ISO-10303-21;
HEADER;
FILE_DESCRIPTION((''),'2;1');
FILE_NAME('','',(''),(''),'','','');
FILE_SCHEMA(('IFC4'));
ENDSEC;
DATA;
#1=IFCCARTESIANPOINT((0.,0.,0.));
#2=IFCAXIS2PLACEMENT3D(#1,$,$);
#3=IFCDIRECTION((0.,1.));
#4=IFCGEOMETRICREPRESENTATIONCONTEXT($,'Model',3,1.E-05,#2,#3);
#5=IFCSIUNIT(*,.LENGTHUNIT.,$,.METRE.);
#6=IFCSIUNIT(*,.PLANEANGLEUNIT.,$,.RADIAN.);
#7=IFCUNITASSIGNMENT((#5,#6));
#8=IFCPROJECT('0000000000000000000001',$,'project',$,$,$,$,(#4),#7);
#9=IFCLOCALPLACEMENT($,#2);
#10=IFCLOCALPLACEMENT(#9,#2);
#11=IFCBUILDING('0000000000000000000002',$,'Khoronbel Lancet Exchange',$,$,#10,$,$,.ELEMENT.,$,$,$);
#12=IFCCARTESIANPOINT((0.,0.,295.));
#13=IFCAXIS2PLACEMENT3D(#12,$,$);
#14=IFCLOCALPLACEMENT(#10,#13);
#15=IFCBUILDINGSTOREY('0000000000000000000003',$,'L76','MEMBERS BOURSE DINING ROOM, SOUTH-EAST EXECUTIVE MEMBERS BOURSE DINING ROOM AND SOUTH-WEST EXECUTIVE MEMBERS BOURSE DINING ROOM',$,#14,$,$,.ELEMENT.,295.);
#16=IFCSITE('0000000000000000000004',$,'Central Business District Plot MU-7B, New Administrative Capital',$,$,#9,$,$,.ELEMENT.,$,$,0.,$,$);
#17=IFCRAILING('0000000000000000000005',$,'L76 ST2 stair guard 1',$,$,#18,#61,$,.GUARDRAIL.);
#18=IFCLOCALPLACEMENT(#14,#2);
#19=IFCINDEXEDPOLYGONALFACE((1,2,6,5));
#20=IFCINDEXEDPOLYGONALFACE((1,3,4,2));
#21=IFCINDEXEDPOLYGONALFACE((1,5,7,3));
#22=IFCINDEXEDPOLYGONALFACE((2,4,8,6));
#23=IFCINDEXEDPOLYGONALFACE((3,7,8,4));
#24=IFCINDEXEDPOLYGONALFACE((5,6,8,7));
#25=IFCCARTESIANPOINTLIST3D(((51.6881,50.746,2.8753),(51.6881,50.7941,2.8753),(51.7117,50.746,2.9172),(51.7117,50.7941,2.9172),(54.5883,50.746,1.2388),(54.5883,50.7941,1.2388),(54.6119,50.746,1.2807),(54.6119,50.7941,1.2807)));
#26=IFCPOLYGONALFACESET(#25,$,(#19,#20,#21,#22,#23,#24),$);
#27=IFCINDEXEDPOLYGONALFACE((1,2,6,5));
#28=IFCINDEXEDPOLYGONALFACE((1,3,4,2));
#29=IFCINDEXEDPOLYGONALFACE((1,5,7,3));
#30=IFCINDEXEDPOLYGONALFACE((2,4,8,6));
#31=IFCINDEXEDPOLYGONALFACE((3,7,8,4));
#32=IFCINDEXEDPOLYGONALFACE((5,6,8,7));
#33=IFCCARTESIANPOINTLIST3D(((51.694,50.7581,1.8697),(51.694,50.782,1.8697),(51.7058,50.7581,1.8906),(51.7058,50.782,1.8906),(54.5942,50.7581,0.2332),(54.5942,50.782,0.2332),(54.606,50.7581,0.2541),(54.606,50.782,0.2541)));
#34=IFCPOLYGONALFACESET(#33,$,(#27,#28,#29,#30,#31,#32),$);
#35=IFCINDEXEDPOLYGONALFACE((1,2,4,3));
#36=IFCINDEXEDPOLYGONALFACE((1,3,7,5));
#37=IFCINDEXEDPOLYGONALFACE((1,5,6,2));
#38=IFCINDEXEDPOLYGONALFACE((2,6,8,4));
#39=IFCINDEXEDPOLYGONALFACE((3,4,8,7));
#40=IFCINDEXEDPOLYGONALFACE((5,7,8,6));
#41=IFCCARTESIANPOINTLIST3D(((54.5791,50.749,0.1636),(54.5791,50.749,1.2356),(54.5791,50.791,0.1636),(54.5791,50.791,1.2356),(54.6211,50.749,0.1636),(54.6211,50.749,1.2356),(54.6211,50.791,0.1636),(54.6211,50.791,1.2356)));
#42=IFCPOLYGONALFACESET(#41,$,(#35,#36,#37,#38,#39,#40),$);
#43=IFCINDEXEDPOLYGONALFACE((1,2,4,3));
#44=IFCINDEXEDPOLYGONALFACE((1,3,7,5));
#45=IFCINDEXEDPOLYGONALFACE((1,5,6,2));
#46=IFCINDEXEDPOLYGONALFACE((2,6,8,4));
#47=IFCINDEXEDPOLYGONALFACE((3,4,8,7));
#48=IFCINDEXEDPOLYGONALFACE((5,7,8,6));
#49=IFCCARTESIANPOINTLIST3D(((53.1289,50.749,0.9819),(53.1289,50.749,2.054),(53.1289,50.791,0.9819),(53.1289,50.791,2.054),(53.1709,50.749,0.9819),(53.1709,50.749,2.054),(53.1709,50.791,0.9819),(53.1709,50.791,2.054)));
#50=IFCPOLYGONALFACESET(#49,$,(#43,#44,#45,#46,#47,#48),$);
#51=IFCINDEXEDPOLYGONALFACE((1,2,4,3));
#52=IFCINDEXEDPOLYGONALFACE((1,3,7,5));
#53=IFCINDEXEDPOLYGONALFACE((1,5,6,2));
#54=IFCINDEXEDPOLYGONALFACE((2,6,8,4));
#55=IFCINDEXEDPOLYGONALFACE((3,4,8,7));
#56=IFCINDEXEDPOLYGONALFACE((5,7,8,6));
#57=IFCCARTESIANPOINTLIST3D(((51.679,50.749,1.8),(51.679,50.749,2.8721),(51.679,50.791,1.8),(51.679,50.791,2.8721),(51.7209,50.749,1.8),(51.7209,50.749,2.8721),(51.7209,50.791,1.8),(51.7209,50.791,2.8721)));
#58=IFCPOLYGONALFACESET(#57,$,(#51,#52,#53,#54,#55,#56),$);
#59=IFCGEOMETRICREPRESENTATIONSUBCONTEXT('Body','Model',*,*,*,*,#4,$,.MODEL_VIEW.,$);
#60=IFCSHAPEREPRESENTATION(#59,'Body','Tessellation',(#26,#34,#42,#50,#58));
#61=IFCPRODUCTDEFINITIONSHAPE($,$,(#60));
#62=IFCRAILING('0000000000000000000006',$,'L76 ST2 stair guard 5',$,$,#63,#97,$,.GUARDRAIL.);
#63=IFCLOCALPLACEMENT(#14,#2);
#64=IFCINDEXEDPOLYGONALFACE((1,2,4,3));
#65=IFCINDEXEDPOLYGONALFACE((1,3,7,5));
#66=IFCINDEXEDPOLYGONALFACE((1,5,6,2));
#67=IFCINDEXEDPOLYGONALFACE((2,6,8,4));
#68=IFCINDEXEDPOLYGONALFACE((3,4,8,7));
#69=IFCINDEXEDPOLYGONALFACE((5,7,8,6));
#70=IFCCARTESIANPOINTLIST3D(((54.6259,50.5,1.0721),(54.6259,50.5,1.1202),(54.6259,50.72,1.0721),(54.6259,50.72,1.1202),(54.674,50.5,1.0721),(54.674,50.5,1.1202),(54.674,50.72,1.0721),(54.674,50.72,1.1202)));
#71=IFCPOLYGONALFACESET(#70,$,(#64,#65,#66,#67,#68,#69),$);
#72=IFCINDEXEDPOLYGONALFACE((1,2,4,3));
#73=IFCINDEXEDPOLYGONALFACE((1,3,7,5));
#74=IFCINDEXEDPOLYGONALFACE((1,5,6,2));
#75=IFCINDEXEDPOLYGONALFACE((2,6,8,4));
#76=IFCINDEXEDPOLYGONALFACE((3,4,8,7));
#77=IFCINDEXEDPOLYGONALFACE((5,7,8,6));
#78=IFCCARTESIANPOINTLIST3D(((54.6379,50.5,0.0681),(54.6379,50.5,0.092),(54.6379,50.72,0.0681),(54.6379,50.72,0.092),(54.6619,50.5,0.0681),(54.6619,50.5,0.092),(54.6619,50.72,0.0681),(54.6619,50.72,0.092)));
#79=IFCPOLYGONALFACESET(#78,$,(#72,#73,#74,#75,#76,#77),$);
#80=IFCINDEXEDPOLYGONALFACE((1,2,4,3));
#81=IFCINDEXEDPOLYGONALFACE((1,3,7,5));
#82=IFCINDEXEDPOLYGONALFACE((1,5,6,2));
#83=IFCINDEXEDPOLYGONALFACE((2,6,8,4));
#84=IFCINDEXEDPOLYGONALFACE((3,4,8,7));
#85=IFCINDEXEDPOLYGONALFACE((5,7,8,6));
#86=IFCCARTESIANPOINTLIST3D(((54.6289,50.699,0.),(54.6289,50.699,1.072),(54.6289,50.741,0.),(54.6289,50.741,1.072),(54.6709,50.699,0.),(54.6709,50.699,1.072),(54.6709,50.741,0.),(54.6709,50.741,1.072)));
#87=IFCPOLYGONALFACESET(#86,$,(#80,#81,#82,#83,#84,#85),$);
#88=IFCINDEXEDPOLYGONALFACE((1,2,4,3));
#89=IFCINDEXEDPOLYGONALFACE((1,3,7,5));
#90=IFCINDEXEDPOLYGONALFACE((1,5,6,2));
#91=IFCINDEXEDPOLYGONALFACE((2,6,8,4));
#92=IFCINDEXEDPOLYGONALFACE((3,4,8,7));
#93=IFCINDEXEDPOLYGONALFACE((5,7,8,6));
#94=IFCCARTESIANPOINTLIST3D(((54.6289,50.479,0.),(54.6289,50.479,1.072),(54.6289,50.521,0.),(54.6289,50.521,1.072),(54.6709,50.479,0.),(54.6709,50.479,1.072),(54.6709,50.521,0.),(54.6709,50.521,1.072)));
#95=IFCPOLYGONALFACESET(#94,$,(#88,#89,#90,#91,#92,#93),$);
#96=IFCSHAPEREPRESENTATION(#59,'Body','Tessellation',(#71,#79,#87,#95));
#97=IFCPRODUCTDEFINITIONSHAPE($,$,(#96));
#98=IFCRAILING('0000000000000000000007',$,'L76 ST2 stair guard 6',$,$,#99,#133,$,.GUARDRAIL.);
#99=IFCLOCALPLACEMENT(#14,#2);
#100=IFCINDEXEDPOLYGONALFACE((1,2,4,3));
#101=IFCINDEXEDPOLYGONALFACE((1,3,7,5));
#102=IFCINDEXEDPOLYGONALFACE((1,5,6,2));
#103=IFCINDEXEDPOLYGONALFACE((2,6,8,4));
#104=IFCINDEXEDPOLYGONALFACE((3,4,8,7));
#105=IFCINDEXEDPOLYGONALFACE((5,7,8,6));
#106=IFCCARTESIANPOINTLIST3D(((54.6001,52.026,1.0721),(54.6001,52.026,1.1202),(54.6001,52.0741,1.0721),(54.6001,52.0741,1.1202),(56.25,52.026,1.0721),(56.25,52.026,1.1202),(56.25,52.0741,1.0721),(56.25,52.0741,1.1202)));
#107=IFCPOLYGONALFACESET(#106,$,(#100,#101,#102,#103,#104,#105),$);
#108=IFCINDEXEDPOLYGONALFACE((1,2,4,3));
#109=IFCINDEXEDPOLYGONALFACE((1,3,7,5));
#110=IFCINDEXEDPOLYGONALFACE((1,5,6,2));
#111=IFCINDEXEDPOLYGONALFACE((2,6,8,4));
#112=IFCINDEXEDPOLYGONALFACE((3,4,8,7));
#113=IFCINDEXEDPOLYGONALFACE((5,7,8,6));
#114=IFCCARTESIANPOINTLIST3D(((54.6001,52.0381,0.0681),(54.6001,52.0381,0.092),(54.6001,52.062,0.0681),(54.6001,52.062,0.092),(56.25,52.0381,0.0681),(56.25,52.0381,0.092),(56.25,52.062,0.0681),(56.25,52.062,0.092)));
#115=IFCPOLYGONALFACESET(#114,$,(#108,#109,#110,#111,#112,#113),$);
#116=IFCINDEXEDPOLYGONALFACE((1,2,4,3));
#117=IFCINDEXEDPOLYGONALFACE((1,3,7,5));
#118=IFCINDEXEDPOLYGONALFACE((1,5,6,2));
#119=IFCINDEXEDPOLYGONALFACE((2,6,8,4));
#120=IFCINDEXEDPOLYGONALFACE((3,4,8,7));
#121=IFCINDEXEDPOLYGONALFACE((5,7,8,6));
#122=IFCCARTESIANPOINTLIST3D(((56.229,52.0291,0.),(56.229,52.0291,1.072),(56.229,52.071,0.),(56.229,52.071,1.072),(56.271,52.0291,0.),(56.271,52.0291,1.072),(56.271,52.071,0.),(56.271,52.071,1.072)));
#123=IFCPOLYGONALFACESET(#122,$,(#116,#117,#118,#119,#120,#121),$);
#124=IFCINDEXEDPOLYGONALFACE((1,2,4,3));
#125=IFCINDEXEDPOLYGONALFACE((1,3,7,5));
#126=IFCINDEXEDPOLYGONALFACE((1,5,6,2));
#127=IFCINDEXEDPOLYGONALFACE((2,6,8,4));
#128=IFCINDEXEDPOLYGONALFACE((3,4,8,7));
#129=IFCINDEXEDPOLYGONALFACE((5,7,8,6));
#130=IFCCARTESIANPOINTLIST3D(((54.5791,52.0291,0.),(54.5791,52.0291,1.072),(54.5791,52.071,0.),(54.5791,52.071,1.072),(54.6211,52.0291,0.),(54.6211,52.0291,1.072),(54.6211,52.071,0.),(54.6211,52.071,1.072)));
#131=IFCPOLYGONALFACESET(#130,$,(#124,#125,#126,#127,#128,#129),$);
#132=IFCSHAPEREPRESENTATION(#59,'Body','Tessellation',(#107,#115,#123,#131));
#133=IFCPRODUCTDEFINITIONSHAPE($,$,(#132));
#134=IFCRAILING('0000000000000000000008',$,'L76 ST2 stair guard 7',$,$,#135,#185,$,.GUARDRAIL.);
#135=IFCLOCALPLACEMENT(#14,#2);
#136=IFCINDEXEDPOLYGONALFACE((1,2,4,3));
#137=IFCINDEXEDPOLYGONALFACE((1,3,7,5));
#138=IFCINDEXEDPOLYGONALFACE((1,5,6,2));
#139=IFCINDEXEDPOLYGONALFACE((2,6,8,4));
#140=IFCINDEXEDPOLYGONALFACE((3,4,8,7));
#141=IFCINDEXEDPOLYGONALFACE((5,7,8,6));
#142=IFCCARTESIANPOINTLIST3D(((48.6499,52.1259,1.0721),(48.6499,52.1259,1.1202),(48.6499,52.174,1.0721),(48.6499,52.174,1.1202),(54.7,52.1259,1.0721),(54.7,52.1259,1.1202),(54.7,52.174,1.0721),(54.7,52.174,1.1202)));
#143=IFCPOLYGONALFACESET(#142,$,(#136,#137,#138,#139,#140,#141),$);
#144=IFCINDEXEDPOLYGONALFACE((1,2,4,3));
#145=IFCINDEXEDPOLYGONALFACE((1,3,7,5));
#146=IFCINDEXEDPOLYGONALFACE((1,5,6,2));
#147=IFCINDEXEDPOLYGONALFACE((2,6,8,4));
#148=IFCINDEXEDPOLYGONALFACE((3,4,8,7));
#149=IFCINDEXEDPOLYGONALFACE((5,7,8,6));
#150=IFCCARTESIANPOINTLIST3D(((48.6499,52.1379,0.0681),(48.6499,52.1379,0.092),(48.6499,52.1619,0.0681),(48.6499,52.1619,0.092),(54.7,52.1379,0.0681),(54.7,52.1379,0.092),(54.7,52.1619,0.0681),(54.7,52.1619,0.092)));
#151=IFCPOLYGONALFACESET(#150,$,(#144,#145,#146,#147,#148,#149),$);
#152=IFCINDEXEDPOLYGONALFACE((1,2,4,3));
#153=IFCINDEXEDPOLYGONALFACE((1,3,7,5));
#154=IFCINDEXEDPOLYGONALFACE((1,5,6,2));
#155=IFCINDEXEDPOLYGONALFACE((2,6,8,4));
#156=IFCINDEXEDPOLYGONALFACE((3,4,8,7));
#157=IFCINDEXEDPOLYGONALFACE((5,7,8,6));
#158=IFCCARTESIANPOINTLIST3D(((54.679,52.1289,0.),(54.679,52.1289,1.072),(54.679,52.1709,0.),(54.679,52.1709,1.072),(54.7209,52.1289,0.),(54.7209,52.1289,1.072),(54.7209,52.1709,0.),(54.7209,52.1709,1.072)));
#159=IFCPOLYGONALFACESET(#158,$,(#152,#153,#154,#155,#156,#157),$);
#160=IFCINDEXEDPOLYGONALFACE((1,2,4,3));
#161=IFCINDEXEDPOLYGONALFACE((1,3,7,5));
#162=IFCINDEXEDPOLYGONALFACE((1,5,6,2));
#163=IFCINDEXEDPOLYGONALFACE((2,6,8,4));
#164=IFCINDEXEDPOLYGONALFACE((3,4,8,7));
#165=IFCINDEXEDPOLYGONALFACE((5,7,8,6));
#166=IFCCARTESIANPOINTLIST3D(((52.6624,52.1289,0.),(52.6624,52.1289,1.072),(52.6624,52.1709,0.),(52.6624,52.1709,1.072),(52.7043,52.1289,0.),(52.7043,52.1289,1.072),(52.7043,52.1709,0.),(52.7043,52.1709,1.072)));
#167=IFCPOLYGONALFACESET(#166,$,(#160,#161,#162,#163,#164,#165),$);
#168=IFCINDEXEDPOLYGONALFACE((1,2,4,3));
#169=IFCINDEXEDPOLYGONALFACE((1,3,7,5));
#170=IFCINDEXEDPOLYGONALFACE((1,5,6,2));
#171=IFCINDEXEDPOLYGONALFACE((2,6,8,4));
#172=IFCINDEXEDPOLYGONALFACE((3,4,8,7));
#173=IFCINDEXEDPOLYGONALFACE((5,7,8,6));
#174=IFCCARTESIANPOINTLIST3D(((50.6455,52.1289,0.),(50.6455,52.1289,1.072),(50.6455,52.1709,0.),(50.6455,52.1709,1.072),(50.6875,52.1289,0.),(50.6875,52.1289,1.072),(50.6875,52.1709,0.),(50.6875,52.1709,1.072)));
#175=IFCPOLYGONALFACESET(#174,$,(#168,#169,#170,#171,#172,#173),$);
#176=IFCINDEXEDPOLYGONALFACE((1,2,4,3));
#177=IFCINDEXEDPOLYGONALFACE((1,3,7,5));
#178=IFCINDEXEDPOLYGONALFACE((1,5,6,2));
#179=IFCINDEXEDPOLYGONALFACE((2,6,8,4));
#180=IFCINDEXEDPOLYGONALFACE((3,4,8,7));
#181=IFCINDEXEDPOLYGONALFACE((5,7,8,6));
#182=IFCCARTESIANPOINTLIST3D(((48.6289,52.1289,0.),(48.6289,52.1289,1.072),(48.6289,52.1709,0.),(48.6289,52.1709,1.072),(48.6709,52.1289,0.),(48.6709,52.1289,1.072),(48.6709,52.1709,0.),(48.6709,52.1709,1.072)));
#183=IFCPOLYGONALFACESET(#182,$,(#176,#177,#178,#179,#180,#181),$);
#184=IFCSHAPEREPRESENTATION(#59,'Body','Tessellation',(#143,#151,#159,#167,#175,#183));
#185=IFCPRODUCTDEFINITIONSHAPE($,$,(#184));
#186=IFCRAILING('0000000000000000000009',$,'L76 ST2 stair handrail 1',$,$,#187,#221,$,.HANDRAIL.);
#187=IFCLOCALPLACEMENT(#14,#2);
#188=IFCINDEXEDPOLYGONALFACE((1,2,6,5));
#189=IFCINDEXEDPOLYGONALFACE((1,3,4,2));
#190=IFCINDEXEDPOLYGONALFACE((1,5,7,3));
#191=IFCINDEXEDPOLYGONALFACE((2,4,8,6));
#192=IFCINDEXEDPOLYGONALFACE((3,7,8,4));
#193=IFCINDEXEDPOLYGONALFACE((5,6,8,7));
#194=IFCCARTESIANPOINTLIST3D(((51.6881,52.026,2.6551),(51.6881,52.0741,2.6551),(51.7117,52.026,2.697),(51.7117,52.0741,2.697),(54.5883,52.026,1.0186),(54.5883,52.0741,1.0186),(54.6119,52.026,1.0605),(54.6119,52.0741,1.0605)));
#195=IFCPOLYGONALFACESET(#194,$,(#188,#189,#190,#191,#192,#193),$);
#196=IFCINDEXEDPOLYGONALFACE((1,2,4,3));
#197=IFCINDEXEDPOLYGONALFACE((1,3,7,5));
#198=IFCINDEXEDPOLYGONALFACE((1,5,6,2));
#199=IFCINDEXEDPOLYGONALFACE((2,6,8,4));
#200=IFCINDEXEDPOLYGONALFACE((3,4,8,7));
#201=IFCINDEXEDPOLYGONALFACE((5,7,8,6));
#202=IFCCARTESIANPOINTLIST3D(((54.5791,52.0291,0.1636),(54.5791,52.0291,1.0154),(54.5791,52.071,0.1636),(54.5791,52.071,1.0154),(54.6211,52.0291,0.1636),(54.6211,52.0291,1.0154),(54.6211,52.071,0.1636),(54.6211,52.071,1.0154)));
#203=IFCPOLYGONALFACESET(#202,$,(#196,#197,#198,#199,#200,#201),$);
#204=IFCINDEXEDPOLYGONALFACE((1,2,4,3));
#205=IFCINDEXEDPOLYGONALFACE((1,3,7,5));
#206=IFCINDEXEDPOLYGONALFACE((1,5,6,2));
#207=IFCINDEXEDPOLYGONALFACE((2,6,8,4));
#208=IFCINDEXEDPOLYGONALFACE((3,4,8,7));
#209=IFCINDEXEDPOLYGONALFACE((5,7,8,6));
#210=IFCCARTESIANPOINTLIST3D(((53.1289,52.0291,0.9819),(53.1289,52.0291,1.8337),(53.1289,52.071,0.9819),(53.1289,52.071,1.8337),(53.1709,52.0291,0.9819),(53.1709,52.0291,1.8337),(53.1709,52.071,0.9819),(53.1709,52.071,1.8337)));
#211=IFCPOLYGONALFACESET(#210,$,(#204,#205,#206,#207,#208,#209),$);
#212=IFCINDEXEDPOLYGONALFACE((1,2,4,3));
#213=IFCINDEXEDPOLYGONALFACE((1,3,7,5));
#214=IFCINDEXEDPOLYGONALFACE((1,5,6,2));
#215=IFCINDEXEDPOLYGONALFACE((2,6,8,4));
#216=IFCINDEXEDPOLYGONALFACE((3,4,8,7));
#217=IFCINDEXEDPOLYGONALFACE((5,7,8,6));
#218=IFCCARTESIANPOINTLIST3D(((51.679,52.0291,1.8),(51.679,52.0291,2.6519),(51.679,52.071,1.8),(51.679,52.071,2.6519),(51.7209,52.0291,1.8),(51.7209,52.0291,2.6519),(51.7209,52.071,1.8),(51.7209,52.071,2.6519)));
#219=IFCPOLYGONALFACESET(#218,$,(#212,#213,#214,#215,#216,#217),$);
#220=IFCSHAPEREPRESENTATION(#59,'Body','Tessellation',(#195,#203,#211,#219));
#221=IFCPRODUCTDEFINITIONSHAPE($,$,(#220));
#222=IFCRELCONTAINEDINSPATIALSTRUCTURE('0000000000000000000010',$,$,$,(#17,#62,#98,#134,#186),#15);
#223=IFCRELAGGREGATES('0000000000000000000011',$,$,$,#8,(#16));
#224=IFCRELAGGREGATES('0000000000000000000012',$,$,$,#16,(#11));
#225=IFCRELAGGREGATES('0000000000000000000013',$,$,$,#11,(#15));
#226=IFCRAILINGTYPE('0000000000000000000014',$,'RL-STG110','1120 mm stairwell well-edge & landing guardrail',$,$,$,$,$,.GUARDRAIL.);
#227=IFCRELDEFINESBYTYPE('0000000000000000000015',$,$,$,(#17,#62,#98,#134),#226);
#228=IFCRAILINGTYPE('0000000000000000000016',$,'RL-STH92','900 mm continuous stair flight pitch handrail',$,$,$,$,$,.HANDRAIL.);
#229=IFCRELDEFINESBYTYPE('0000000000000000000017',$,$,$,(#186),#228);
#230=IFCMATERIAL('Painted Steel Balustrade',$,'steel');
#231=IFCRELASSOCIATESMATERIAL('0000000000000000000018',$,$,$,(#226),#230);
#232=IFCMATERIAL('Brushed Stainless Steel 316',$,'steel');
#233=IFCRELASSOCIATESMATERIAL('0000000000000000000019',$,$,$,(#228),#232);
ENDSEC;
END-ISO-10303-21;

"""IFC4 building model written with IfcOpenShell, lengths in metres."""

from ifc_helpers import new_model, si_unit, direction, frame, origin, origin_2d, place, context, subcontext, project, spatial, rectangle, extrude, material, type_object, element, save


model = new_model("IFC4")

# Units and contexts
model_context = context("Model", 3, precision=1e-05, world=origin(), true_north=direction((0.0, 1.0)))
body_context = subcontext(model_context, "Body", "Model", "MODEL_VIEW")
ifc_project = project(units=[si_unit("LENGTHUNIT", "METRE"), si_unit("PLANEANGLEUNIT", "RADIAN")], contexts=[model_context])

# Site, building, storey
site_placement = place(None, origin())
site = spatial("IfcSite", under=ifc_project, at=site_placement, Name="Central Business District Plot MU-7B, New Administrative Capital", CompositionType="ELEMENT", RefElevation=0.0)
building_placement = place(site_placement, origin())
building = spatial("IfcBuilding", under=site, at=building_placement, Name="Khoronbel Lancet Exchange", CompositionType="ELEMENT")
storey_placement = place(building_placement, frame((0.0, 0.0, 295.0)))
storey = spatial("IfcBuildingStorey", under=building, at=storey_placement, Name="L76", Description="MEMBERS BOURSE DINING ROOM, SOUTH-EAST EXECUTIVE MEMBERS BOURSE DINING ROOM AND SOUTH-WEST EXECUTIVE MEMBERS BOURSE DINING ROOM", CompositionType="ELEMENT", Elevation=295.0)

# Railings
ifc_material_1 = material(Name="Painted Steel Balustrade", Category="steel")
railing_type_1 = type_object("IfcRailingType", Name="RL-STG110", Description="1120 mm stairwell well-edge & landing guardrail", PredefinedType="GUARDRAIL", material=ifc_material_1)
railing_1_placement = place(storey_placement, frame((54.6001, 50.77, 0.1636)))
element("IfcRailing", 1, at=railing_1_placement, inside=storey, type_object=railing_type_1, Name="L76 ST2 stair guard 1", PredefinedType="GUARDRAIL", context=body_context, shape_type="SweptSolid", body=[
    extrude(rectangle(XDim=0.0481, YDim=0.0481, at=origin_2d()), frame((0.0, 0.0, 1.0962), z_axis=(-0.870915, 0.0, 0.491434), x_axis=(0.0, -1.0, 0.0)), (0.0, 0.0, 1.0), 3.3301),
    extrude(rectangle(XDim=0.0239, YDim=0.0239, at=origin_2d()), frame((0.0, 0.0, 0.0801), z_axis=(-0.870915, 0.0, 0.491434), x_axis=(0.0, -1.0, 0.0)), (0.0, 0.0, 1.0), 3.3301),
    extrude(rectangle(XDim=0.042, YDim=0.042, at=origin_2d()), origin(), (0.0, 0.0, 1.0), 1.072),
    extrude(rectangle(XDim=0.042, YDim=0.042, at=origin_2d()), frame((-1.4502, 0.0, 0.8184)), (0.0, 0.0, 1.0), 1.072),
    extrude(rectangle(XDim=0.042, YDim=0.042, at=origin_2d()), frame((-2.9001, 0.0, 1.6365)), (0.0, 0.0, 1.0), 1.072),
])
railing_2_placement = place(storey_placement, frame((54.6499, 50.72, 0.0)))
element("IfcRailing", 2, at=railing_2_placement, inside=storey, type_object=railing_type_1, Name="L76 ST2 stair guard 5", PredefinedType="GUARDRAIL", context=body_context, shape_type="SweptSolid", body=[
    extrude(rectangle(XDim=0.0481, YDim=0.0481, at=origin_2d()), frame((0.0, 0.0, 1.0962), z_axis=(0.0, -1.0, 0.0), x_axis=(1.0, 0.0, 0.0)), (0.0, 0.0, 1.0), 0.22),
    extrude(rectangle(XDim=0.0239, YDim=0.0239, at=origin_2d()), frame((0.0, 0.0, 0.0801), z_axis=(0.0, -1.0, 0.0), x_axis=(1.0, 0.0, 0.0)), (0.0, 0.0, 1.0), 0.22),
    extrude(rectangle(XDim=0.042, YDim=0.042, at=origin_2d()), origin(), (0.0, 0.0, 1.0), 1.072),
    extrude(rectangle(XDim=0.042, YDim=0.042, at=origin_2d()), frame((0.0, -0.22, 0.0)), (0.0, 0.0, 1.0), 1.072),
])
railing_3_placement = place(storey_placement, frame((56.25, 52.05, 0.0)))
element("IfcRailing", 3, at=railing_3_placement, inside=storey, type_object=railing_type_1, Name="L76 ST2 stair guard 6", PredefinedType="GUARDRAIL", context=body_context, shape_type="SweptSolid", body=[
    extrude(rectangle(XDim=0.0481, YDim=0.0481, at=origin_2d()), frame((0.0, 0.0, 1.0962), z_axis=(-1.0, 0.0, 0.0), x_axis=(0.0, -1.0, 0.0)), (0.0, 0.0, 1.0), 1.6499),
    extrude(rectangle(XDim=0.0239, YDim=0.0239, at=origin_2d()), frame((0.0, 0.0, 0.0801), z_axis=(-1.0, 0.0, 0.0), x_axis=(0.0, -1.0, 0.0)), (0.0, 0.0, 1.0), 1.6499),
    extrude(rectangle(XDim=0.042, YDim=0.042, at=origin_2d()), origin(), (0.0, 0.0, 1.0), 1.072),
    extrude(rectangle(XDim=0.042, YDim=0.042, at=origin_2d()), frame((-1.6499, 0.0, 0.0)), (0.0, 0.0, 1.0), 1.072),
])
railing_4_placement = place(storey_placement, frame((54.7, 52.1499, 0.0)))
element("IfcRailing", 4, at=railing_4_placement, inside=storey, type_object=railing_type_1, Name="L76 ST2 stair guard 7", PredefinedType="GUARDRAIL", context=body_context, shape_type="SweptSolid", body=[
    extrude(rectangle(XDim=0.0481, YDim=0.0481, at=origin_2d()), frame((0.0, 0.0, 1.0962), z_axis=(-1.0, 0.0, 0.0), x_axis=(0.0, -1.0, 0.0)), (0.0, 0.0, 1.0), 6.05),
    extrude(rectangle(XDim=0.0239, YDim=0.0239, at=origin_2d()), frame((0.0, 0.0, 0.0801), z_axis=(-1.0, 0.0, 0.0), x_axis=(0.0, -1.0, 0.0)), (0.0, 0.0, 1.0), 6.05),
    extrude(rectangle(XDim=0.042, YDim=0.042, at=origin_2d()), origin(), (0.0, 0.0, 1.0), 1.072),
    extrude(rectangle(XDim=0.042, YDim=0.042, at=origin_2d()), frame((-2.0166, 0.0, 0.0)), (0.0, 0.0, 1.0), 1.072),
    extrude(rectangle(XDim=0.042, YDim=0.042, at=origin_2d()), frame((-4.0334, 0.0, 0.0)), (0.0, 0.0, 1.0), 1.072),
    extrude(rectangle(XDim=0.042, YDim=0.042, at=origin_2d()), frame((-6.05, 0.0, 0.0)), (0.0, 0.0, 1.0), 1.072),
])
ifc_material_2 = material(Name="Brushed Stainless Steel 316", Category="steel")
railing_type_2 = type_object("IfcRailingType", Name="RL-STH92", Description="900 mm continuous stair flight pitch handrail", PredefinedType="HANDRAIL", material=ifc_material_2)
railing_5_placement = place(storey_placement, frame((54.6001, 52.05, 0.1636)))
element("IfcRailing", 5, at=railing_5_placement, inside=storey, type_object=railing_type_2, Name="L76 ST2 stair handrail 1", PredefinedType="HANDRAIL", context=body_context, shape_type="SweptSolid", body=[
    extrude(rectangle(XDim=0.0481, YDim=0.0481, at=origin_2d()), frame((0.0, 0.0, 0.876), z_axis=(-0.870915, 0.0, 0.491434), x_axis=(0.0, -1.0, 0.0)), (0.0, 0.0, 1.0), 3.3301),
    extrude(rectangle(XDim=0.042, YDim=0.042, at=origin_2d()), origin(), (0.0, 0.0, 1.0), 0.8518),
    extrude(rectangle(XDim=0.042, YDim=0.042, at=origin_2d()), frame((-1.4502, 0.0, 0.8184)), (0.0, 0.0, 1.0), 0.8518),
    extrude(rectangle(XDim=0.042, YDim=0.042, at=origin_2d()), frame((-2.9001, 0.0, 1.6365)), (0.0, 0.0, 1.0), 0.8518),
])

save(model, "model.ifc")
